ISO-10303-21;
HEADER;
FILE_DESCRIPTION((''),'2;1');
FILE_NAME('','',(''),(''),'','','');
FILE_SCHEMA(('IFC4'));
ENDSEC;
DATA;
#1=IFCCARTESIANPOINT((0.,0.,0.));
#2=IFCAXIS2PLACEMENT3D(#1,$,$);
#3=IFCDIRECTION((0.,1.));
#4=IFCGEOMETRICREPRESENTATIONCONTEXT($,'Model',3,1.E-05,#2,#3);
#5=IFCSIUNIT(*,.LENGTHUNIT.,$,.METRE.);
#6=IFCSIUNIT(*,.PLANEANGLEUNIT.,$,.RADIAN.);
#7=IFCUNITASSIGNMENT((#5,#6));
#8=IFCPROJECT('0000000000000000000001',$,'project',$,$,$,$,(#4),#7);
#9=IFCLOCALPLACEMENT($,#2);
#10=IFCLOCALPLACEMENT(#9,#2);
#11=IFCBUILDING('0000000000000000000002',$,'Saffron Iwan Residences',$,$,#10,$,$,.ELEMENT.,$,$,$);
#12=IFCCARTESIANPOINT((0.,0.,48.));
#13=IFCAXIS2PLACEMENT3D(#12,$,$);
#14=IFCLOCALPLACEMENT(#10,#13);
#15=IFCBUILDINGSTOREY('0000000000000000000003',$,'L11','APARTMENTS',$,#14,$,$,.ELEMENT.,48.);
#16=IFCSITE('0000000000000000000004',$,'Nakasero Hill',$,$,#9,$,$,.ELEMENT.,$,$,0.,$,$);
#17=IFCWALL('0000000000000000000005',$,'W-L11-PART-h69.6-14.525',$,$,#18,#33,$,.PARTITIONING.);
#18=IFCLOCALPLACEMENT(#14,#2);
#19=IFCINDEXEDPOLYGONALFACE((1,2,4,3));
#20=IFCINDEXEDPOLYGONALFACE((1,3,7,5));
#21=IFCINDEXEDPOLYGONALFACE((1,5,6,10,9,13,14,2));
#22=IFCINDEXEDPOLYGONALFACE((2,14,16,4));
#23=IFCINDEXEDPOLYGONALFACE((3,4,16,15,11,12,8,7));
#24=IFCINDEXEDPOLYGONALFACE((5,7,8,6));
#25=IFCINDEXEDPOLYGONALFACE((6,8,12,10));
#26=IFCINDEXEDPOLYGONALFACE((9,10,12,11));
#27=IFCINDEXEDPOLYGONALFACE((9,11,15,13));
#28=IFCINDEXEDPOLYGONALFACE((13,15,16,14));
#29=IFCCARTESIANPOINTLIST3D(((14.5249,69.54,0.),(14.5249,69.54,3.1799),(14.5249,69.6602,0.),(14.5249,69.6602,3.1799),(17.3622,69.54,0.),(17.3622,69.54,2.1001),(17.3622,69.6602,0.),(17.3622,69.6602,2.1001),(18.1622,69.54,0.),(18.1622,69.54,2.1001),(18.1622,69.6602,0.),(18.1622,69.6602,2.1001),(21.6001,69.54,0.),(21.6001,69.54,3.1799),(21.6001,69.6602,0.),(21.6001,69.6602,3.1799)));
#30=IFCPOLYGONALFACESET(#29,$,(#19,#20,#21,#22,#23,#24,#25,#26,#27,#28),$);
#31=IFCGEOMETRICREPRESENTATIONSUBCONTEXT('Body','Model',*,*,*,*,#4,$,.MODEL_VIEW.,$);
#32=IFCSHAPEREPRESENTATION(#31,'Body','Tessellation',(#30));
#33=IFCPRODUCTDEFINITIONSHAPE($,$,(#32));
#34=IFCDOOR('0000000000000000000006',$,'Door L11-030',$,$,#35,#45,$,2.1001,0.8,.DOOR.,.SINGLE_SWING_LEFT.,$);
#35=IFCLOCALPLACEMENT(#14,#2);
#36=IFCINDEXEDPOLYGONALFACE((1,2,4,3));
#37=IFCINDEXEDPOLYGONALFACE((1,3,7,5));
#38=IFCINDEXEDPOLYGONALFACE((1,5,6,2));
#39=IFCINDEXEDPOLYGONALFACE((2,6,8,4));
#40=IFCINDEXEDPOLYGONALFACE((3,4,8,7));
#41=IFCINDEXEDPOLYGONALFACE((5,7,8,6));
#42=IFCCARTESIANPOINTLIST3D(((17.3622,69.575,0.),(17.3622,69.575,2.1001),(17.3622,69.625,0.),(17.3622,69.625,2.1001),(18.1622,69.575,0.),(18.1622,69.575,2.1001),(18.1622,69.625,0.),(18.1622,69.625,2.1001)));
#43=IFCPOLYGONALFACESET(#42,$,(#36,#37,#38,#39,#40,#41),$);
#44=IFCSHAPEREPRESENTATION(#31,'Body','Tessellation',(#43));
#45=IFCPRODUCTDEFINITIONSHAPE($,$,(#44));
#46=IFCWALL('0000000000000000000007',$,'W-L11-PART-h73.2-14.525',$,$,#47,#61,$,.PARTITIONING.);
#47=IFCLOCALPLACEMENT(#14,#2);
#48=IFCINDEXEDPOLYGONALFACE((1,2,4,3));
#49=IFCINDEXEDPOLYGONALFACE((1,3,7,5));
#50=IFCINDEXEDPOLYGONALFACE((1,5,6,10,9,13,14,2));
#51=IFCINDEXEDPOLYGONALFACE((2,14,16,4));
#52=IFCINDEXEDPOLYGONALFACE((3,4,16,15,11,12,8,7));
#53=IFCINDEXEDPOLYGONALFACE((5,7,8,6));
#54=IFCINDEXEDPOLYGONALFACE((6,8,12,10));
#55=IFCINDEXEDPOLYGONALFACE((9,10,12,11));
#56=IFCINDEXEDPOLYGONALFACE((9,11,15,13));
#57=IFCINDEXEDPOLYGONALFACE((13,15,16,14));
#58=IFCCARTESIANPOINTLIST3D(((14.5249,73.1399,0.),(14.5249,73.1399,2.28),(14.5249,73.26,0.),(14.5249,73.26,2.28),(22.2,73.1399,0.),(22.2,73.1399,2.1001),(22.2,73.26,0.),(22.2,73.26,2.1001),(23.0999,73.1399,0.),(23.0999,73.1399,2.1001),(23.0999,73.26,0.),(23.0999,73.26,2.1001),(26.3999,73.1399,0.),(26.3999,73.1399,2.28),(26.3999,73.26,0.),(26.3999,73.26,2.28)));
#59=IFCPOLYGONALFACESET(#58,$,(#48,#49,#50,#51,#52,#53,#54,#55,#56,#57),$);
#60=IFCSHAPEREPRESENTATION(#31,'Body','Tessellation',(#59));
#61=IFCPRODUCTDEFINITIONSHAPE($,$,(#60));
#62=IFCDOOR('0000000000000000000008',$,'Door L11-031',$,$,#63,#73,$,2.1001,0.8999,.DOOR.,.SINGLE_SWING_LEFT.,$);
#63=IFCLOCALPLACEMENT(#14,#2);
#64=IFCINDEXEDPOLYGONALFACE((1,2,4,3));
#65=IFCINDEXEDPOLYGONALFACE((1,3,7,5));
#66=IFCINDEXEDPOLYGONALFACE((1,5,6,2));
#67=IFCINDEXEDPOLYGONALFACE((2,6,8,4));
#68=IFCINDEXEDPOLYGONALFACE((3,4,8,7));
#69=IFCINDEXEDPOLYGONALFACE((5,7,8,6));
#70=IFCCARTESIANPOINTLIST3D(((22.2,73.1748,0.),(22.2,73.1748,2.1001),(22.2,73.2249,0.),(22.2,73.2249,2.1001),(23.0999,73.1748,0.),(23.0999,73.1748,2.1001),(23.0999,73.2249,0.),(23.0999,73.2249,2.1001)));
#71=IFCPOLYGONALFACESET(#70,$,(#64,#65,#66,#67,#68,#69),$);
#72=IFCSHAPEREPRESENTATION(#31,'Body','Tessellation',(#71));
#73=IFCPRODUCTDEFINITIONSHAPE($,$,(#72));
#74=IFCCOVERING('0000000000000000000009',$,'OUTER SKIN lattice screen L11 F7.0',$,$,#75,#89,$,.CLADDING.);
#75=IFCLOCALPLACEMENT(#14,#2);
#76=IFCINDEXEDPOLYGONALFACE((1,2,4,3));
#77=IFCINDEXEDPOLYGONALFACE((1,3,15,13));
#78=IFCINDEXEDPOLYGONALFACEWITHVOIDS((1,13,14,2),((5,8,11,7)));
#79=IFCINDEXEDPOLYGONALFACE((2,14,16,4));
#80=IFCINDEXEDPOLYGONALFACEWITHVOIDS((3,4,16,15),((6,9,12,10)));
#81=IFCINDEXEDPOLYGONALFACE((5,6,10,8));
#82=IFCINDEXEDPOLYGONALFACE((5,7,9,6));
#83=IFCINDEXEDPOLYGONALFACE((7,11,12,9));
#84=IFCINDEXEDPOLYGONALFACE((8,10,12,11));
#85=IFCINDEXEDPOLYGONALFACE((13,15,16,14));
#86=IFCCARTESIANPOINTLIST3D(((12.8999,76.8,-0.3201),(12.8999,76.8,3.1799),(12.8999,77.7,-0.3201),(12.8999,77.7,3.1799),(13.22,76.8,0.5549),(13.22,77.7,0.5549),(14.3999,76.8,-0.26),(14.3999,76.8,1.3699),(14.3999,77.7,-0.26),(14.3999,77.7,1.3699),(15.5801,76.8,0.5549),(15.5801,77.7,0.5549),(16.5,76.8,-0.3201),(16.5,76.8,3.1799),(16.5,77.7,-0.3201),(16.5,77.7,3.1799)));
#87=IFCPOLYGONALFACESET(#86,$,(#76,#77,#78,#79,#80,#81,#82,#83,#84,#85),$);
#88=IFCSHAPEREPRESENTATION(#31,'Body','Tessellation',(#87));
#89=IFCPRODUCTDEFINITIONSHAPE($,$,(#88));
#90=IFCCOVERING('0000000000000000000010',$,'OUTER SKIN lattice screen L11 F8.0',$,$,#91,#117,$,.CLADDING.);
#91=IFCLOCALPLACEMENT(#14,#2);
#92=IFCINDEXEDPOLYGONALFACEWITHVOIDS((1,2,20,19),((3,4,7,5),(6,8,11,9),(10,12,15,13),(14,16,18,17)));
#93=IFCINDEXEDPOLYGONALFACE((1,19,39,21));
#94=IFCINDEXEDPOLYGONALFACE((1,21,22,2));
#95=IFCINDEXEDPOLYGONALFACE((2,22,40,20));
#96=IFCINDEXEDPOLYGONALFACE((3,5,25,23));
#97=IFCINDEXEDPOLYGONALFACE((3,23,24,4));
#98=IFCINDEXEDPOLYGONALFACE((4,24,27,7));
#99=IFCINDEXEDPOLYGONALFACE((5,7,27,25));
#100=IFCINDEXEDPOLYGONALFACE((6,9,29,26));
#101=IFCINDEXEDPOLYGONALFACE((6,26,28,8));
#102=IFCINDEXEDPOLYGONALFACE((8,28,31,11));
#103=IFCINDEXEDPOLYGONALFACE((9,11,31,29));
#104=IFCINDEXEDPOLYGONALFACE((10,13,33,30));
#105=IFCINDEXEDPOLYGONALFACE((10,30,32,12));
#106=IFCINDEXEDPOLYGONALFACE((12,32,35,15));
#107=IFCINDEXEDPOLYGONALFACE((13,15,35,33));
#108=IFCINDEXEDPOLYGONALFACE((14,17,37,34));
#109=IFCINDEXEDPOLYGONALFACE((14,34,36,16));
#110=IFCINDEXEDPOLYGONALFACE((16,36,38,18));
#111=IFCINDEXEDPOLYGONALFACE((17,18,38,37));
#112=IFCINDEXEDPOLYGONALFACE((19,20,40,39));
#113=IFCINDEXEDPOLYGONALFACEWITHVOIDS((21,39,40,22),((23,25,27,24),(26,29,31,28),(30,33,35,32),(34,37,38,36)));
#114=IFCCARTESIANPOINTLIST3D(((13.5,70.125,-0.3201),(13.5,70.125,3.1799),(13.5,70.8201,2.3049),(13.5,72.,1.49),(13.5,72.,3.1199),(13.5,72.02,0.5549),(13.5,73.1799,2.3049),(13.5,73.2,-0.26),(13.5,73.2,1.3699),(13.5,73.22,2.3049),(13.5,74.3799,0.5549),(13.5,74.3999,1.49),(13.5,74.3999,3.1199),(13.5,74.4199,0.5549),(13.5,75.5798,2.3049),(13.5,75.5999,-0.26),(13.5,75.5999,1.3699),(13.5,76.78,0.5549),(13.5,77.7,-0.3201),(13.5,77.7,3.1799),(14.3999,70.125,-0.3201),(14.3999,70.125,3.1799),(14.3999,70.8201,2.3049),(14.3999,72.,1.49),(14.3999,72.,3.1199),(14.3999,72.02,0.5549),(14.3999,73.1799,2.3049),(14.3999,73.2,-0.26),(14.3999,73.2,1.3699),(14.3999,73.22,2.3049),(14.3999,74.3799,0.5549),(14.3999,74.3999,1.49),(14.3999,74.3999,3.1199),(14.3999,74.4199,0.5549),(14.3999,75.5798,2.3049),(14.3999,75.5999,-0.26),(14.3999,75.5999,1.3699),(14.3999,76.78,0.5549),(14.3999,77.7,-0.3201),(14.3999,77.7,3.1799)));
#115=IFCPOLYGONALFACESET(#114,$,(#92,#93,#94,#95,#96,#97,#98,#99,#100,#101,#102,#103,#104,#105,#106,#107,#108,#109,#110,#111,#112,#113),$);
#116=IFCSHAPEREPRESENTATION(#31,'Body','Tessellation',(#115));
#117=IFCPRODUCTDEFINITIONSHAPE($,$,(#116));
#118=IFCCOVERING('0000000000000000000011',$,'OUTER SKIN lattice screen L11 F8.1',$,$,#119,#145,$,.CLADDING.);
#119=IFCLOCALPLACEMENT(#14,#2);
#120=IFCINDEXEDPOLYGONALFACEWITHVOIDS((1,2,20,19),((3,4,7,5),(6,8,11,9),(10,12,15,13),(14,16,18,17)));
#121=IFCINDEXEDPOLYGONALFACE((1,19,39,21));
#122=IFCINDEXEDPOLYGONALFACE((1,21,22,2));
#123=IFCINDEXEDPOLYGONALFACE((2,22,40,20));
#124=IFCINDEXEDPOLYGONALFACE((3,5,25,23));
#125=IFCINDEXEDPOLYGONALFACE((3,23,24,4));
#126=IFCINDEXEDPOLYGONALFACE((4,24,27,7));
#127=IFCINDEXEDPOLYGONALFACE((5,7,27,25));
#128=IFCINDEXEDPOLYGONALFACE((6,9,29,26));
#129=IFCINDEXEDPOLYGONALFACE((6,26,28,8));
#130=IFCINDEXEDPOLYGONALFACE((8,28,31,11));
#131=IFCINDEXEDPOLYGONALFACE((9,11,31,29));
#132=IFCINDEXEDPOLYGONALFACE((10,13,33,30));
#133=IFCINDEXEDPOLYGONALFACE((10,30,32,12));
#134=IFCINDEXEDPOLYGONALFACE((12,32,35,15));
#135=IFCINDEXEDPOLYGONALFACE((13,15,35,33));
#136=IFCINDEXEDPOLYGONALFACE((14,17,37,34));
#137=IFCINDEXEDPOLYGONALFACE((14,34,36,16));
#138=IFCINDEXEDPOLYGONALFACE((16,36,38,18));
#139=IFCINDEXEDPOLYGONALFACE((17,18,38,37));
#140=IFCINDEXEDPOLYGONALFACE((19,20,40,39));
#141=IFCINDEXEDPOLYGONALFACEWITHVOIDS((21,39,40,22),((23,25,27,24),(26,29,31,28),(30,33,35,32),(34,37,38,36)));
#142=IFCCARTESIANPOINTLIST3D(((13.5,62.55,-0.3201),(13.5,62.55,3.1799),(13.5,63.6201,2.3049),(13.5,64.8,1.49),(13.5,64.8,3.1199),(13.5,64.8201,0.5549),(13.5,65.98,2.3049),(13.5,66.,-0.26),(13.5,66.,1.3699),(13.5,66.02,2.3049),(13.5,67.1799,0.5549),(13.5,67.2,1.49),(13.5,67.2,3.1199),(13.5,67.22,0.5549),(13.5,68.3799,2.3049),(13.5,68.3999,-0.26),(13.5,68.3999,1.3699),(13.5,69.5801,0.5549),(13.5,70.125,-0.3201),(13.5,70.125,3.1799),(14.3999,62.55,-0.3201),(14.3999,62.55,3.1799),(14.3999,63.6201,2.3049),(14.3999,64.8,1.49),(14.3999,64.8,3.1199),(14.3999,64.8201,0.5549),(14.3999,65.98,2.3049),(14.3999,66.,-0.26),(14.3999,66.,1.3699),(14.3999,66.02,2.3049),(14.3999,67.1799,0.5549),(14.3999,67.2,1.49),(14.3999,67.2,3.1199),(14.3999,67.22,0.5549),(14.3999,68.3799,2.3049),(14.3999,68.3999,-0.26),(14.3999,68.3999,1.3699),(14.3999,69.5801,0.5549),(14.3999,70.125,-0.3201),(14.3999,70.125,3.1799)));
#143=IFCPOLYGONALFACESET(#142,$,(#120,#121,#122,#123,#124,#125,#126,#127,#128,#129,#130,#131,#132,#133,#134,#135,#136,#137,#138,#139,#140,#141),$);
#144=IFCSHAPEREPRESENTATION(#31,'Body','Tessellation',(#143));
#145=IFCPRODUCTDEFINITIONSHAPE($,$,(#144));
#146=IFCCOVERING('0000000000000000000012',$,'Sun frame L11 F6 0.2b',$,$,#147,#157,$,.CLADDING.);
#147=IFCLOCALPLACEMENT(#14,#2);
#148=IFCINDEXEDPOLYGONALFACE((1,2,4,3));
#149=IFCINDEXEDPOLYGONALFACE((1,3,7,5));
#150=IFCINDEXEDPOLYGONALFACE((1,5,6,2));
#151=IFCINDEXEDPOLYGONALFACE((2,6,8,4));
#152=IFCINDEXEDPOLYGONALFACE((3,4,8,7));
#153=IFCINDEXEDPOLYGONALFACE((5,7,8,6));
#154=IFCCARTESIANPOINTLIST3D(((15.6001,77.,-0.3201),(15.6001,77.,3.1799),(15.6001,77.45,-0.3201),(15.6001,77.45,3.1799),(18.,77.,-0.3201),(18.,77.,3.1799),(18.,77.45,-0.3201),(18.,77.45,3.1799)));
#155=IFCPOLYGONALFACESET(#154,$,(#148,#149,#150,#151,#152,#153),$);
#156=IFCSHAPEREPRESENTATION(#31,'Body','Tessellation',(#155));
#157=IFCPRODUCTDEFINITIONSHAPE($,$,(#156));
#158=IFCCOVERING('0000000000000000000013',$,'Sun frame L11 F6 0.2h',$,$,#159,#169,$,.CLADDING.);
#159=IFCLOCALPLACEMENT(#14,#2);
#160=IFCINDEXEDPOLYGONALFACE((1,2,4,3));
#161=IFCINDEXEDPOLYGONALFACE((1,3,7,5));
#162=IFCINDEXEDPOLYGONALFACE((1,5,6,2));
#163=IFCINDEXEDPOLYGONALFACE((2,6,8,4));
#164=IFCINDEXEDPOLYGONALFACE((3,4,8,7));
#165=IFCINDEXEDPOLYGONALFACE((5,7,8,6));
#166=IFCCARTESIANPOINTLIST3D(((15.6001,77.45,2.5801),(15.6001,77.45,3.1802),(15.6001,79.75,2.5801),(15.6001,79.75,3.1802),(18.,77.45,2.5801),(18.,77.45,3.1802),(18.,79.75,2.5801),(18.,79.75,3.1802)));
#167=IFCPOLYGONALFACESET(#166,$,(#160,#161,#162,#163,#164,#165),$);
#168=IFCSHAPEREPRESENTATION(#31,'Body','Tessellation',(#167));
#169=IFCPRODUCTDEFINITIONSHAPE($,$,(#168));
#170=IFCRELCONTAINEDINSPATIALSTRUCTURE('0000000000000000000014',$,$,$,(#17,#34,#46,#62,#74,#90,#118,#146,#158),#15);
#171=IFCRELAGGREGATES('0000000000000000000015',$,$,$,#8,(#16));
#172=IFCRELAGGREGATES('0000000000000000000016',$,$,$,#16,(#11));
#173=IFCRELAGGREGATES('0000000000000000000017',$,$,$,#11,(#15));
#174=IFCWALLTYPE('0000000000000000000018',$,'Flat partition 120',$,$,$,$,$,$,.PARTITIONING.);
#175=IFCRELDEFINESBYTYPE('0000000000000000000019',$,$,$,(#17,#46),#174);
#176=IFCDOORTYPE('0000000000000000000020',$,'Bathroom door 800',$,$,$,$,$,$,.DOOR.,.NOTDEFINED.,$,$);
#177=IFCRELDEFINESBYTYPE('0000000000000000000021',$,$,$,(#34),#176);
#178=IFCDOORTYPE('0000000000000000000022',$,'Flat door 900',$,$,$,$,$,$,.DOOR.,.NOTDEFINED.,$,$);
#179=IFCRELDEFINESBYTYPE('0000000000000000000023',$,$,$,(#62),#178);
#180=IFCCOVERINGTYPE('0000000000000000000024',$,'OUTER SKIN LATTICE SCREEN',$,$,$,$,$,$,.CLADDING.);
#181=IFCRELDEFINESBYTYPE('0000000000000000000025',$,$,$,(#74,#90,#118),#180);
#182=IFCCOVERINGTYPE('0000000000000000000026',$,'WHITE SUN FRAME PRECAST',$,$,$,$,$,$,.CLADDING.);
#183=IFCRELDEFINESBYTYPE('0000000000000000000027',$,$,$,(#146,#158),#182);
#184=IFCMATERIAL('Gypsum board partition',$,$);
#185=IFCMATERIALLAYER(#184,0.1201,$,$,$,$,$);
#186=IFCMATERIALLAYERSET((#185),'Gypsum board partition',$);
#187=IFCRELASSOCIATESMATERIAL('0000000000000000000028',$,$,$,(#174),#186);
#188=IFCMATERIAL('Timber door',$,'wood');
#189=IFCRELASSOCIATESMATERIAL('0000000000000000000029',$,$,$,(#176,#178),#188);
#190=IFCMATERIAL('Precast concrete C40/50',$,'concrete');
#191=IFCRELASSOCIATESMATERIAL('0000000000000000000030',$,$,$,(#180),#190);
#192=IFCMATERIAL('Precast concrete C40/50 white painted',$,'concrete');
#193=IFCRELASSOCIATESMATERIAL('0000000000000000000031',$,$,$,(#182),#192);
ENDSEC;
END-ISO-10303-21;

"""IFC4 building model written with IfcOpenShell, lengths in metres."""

from ifc_helpers import new_model, si_unit, direction, frame, frame_2d, origin, place, context, subcontext, project, spatial, polyline, rectangle, outline, extrude, material, layer, layer_set, type_object, element, fill, save


model = new_model("IFC4")

# Units and contexts
model_context = context("Model", 3, precision=1e-05, world=origin(), true_north=direction((0.0, 1.0)))
body_context = subcontext(model_context, "Body", "Model", "MODEL_VIEW")
ifc_project = project(units=[si_unit("LENGTHUNIT", "METRE"), si_unit("PLANEANGLEUNIT", "RADIAN")], contexts=[model_context])

# Site, building, storey
site_placement = place(None, origin())
site = spatial("IfcSite", under=ifc_project, at=site_placement, Name="Nakasero Hill", CompositionType="ELEMENT", RefElevation=0.0)
building_placement = place(site_placement, origin())
building = spatial("IfcBuilding", under=site, at=building_placement, Name="Saffron Iwan Residences", CompositionType="ELEMENT")
storey_placement = place(building_placement, frame((0.0, 0.0, 48.0)))
storey = spatial("IfcBuildingStorey", under=building, at=storey_placement, Name="L11", Description="APARTMENTS", CompositionType="ELEMENT", Elevation=48.0)

# Walls, openings, doors
ifc_material_1 = material(Name="Gypsum board partition")
ifc_layer_1 = layer(ifc_material_1, 0.1201)
ifc_layer_set_1 = layer_set([ifc_layer_1], Name="Gypsum board partition")
wall_type_1 = type_object("IfcWallType", Name="Flat partition 120", PredefinedType="PARTITIONING", material=ifc_layer_set_1)
wall_1_placement = place(storey_placement, frame((14.5249, 69.6001, 0.0), z_axis=(0.0, 0.0, 1.0), x_axis=(1.0, 0.0, 0.0)))
wall_1 = element("IfcWall", 1, at=wall_1_placement, inside=storey, type_object=wall_type_1, Name="W-L11-PART-h69.6-14.525", PredefinedType="PARTITIONING", context=body_context, shape_type="SweptSolid", body=[
    extrude(rectangle(XDim=7.0752, YDim=0.1201, at=frame_2d((3.5376, 0.0))), origin(), (0.0, 0.0, 1.0), 3.1799),
])
opening_1_placement = place(wall_1_placement, frame((2.8374, 0.0, 0.0)))
opening_1 = element("IfcOpeningElement", 2, at=opening_1_placement, cuts=wall_1, PredefinedType="OPENING", context=body_context, shape_type="SweptSolid", body=[
    extrude(rectangle(XDim=0.8, YDim=2.1001, at=frame_2d((0.3999, 1.05))), frame((0.0, 0.0701, 0.0), z_axis=(0.0, -1.0, 0.0), x_axis=(1.0, 0.0, 0.0)), (0.0, 0.0, 1.0), 0.1401),
])
ifc_material_2 = material(Name="Timber door", Category="wood")
door_type_1 = type_object("IfcDoorType", Name="Bathroom door 800", OperationType="NOTDEFINED", PredefinedType="DOOR", material=ifc_material_2)
door_1_placement = place(opening_1_placement, origin())
door_1 = element("IfcDoor", 3, at=door_1_placement, inside=storey, type_object=door_type_1, Name="Door L11-030", OperationType="SINGLE_SWING_LEFT", OverallHeight=2.1001, OverallWidth=0.8, PredefinedType="DOOR", context=body_context, shape_type="SweptSolid", body=[
    extrude(rectangle(XDim=0.8, YDim=2.1001, at=frame_2d((0.3999, 1.05))), frame((0.0, 0.0249, 0.0), z_axis=(0.0, -1.0, 0.0), x_axis=(1.0, 0.0, 0.0)), (0.0, 0.0, 1.0), 0.05),
])
fill(opening_1, door_1)
wall_2_placement = place(storey_placement, frame((14.5249, 73.2, 0.0), z_axis=(0.0, 0.0, 1.0), x_axis=(1.0, 0.0, 0.0)))
wall_2 = element("IfcWall", 4, at=wall_2_placement, inside=storey, type_object=wall_type_1, Name="W-L11-PART-h73.2-14.525", PredefinedType="PARTITIONING", context=body_context, shape_type="SweptSolid", body=[
    extrude(rectangle(XDim=11.875, YDim=0.1201, at=frame_2d((5.9375, 0.0))), origin(), (0.0, 0.0, 1.0), 2.28),
])
opening_2_placement = place(wall_2_placement, frame((7.675, 0.0, 0.0)))
opening_2 = element("IfcOpeningElement", 5, at=opening_2_placement, cuts=wall_2, PredefinedType="OPENING", context=body_context, shape_type="SweptSolid", body=[
    extrude(rectangle(XDim=0.8999, YDim=2.1001, at=frame_2d((0.45, 1.05))), frame((0.0, 0.0701, 0.0), z_axis=(0.0, -1.0, 0.0), x_axis=(1.0, 0.0, 0.0)), (0.0, 0.0, 1.0), 0.1401),
])
door_type_2 = type_object("IfcDoorType", Name="Flat door 900", OperationType="NOTDEFINED", PredefinedType="DOOR", material=ifc_material_2)
door_2_placement = place(opening_2_placement, origin())
door_2 = element("IfcDoor", 6, at=door_2_placement, inside=storey, type_object=door_type_2, Name="Door L11-031", OperationType="SINGLE_SWING_LEFT", OverallHeight=2.1001, OverallWidth=0.8999, PredefinedType="DOOR", context=body_context, shape_type="SweptSolid", body=[
    extrude(rectangle(XDim=0.8999, YDim=2.1001, at=frame_2d((0.45, 1.05))), frame((0.0, 0.0249, 0.0), z_axis=(0.0, -1.0, 0.0), x_axis=(1.0, 0.0, 0.0)), (0.0, 0.0, 1.0), 0.05),
])
fill(opening_2, door_2)

# Coverings
ifc_material_3 = material(Name="Precast concrete C40/50", Category="concrete")
covering_type_1 = type_object("IfcCoveringType", Name="OUTER SKIN LATTICE SCREEN", PredefinedType="CLADDING", material=ifc_material_3)
covering_1_placement = place(storey_placement, frame((16.5, 76.8, -0.3201), z_axis=(0.0, 1.0, 0.0), x_axis=(-1.0, 0.0, 0.0)))
element("IfcCovering", 7, at=covering_1_placement, inside=storey, type_object=covering_type_1, Name="OUTER SKIN lattice screen L11 F7.0", PredefinedType="CLADDING", context=body_context, shape_type="SweptSolid", body=[
    extrude(outline(polyline([(0.0, 0.0), (3.6001, 0.0), (3.6001, 3.5), (0.0, 3.5), (0.0, 0.0)]), holes=[polyline([(0.9199, 0.875), (2.1001, 0.0601), (3.28, 0.875), (2.1001, 1.6899), (0.9199, 0.875)])]), origin(), (0.0, 0.0, 1.0), 0.8999),
])
covering_2_placement = place(storey_placement, frame((14.3999, 77.7, -0.3201), z_axis=(-1.0, 0.0, 0.0), x_axis=(0.0, -1.0, 0.0)))
element("IfcCovering", 8, at=covering_2_placement, inside=storey, type_object=covering_type_1, Name="OUTER SKIN lattice screen L11 F8.0", PredefinedType="CLADDING", context=body_context, shape_type="SweptSolid", body=[
    extrude(outline(polyline([(0.0, 0.0), (7.575, 0.0), (7.575, 3.5), (0.0, 3.5), (0.0, 0.0)]), holes=[polyline([(0.9199, 0.875), (2.1001, 0.0601), (3.28, 0.875), (2.1001, 1.6899), (0.9199, 0.875)]), polyline([(3.3201, 0.875), (4.5, 0.0601), (5.6799, 0.875), (4.5, 1.6899), (3.3201, 0.875)]), polyline([(2.1201, 2.625), (3.3, 1.8101), (4.48, 2.625), (3.3, 3.4399), (2.1201, 2.625)]), polyline([(4.52, 2.625), (5.7, 1.8101), (6.8799, 2.625), (5.7, 3.4399), (4.52, 2.625)])]), origin(), (0.0, 0.0, 1.0), 0.8999),
])
covering_3_placement = place(storey_placement, frame((14.3999, 70.125, -0.3201), z_axis=(-1.0, 0.0, 0.0), x_axis=(0.0, -1.0, 0.0)))
element("IfcCovering", 9, at=covering_3_placement, inside=storey, type_object=covering_type_1, Name="OUTER SKIN lattice screen L11 F8.1", PredefinedType="CLADDING", context=body_context, shape_type="SweptSolid", body=[
    extrude(outline(polyline([(0.0, 0.0), (7.575, 0.0), (7.575, 3.5), (0.0, 3.5), (0.0, 0.0)]), holes=[polyline([(0.5449, 0.875), (1.7251, 0.0601), (2.905, 0.875), (1.7251, 1.6899), (0.5449, 0.875)]), polyline([(2.9451, 0.875), (4.125, 0.0601), (5.3049, 0.875), (4.125, 1.6899), (2.9451, 0.875)]), polyline([(1.7451, 2.625), (2.925, 1.8101), (4.105, 2.625), (2.925, 3.4399), (1.7451, 2.625)]), polyline([(4.145, 2.625), (5.325, 1.8101), (6.5049, 2.625), (5.325, 3.4399), (4.145, 2.625)])]), origin(), (0.0, 0.0, 1.0), 0.8999),
])
ifc_material_4 = material(Name="Precast concrete C40/50 white painted", Category="concrete")
covering_type_2 = type_object("IfcCoveringType", Name="WHITE SUN FRAME PRECAST", PredefinedType="CLADDING", material=ifc_material_4)
covering_4_placement = place(storey_placement, frame((18.0, 77.45, -0.3201), z_axis=(-1.0, 0.0, 0.0), x_axis=(0.0, -1.0, 0.0)))
element("IfcCovering", 10, at=covering_4_placement, inside=storey, type_object=covering_type_2, Name="Sun frame L11 F6 0.2b", PredefinedType="CLADDING", context=body_context, shape_type="SweptSolid", body=[
    extrude(outline(polyline([(0.0, 0.0), (0.45, 0.0), (0.45, 3.5), (0.0, 3.5), (0.0, 0.0)])), origin(), (0.0, 0.0, 1.0), 2.3999),
])
covering_5_placement = place(storey_placement, frame((18.0, 79.75, 2.5801), z_axis=(-1.0, 0.0, 0.0), x_axis=(0.0, -1.0, 0.0)))
element("IfcCovering", 11, at=covering_5_placement, inside=storey, type_object=covering_type_2, Name="Sun frame L11 F6 0.2h", PredefinedType="CLADDING", context=body_context, shape_type="SweptSolid", body=[
    extrude(outline(polyline([(0.0, 0.0), (2.3, 0.0), (2.3, 0.6001), (0.0, 0.6001), (0.0, 0.0)])), origin(), (0.0, 0.0, 1.0), 2.3999),
])

save(model, "model.ifc")
